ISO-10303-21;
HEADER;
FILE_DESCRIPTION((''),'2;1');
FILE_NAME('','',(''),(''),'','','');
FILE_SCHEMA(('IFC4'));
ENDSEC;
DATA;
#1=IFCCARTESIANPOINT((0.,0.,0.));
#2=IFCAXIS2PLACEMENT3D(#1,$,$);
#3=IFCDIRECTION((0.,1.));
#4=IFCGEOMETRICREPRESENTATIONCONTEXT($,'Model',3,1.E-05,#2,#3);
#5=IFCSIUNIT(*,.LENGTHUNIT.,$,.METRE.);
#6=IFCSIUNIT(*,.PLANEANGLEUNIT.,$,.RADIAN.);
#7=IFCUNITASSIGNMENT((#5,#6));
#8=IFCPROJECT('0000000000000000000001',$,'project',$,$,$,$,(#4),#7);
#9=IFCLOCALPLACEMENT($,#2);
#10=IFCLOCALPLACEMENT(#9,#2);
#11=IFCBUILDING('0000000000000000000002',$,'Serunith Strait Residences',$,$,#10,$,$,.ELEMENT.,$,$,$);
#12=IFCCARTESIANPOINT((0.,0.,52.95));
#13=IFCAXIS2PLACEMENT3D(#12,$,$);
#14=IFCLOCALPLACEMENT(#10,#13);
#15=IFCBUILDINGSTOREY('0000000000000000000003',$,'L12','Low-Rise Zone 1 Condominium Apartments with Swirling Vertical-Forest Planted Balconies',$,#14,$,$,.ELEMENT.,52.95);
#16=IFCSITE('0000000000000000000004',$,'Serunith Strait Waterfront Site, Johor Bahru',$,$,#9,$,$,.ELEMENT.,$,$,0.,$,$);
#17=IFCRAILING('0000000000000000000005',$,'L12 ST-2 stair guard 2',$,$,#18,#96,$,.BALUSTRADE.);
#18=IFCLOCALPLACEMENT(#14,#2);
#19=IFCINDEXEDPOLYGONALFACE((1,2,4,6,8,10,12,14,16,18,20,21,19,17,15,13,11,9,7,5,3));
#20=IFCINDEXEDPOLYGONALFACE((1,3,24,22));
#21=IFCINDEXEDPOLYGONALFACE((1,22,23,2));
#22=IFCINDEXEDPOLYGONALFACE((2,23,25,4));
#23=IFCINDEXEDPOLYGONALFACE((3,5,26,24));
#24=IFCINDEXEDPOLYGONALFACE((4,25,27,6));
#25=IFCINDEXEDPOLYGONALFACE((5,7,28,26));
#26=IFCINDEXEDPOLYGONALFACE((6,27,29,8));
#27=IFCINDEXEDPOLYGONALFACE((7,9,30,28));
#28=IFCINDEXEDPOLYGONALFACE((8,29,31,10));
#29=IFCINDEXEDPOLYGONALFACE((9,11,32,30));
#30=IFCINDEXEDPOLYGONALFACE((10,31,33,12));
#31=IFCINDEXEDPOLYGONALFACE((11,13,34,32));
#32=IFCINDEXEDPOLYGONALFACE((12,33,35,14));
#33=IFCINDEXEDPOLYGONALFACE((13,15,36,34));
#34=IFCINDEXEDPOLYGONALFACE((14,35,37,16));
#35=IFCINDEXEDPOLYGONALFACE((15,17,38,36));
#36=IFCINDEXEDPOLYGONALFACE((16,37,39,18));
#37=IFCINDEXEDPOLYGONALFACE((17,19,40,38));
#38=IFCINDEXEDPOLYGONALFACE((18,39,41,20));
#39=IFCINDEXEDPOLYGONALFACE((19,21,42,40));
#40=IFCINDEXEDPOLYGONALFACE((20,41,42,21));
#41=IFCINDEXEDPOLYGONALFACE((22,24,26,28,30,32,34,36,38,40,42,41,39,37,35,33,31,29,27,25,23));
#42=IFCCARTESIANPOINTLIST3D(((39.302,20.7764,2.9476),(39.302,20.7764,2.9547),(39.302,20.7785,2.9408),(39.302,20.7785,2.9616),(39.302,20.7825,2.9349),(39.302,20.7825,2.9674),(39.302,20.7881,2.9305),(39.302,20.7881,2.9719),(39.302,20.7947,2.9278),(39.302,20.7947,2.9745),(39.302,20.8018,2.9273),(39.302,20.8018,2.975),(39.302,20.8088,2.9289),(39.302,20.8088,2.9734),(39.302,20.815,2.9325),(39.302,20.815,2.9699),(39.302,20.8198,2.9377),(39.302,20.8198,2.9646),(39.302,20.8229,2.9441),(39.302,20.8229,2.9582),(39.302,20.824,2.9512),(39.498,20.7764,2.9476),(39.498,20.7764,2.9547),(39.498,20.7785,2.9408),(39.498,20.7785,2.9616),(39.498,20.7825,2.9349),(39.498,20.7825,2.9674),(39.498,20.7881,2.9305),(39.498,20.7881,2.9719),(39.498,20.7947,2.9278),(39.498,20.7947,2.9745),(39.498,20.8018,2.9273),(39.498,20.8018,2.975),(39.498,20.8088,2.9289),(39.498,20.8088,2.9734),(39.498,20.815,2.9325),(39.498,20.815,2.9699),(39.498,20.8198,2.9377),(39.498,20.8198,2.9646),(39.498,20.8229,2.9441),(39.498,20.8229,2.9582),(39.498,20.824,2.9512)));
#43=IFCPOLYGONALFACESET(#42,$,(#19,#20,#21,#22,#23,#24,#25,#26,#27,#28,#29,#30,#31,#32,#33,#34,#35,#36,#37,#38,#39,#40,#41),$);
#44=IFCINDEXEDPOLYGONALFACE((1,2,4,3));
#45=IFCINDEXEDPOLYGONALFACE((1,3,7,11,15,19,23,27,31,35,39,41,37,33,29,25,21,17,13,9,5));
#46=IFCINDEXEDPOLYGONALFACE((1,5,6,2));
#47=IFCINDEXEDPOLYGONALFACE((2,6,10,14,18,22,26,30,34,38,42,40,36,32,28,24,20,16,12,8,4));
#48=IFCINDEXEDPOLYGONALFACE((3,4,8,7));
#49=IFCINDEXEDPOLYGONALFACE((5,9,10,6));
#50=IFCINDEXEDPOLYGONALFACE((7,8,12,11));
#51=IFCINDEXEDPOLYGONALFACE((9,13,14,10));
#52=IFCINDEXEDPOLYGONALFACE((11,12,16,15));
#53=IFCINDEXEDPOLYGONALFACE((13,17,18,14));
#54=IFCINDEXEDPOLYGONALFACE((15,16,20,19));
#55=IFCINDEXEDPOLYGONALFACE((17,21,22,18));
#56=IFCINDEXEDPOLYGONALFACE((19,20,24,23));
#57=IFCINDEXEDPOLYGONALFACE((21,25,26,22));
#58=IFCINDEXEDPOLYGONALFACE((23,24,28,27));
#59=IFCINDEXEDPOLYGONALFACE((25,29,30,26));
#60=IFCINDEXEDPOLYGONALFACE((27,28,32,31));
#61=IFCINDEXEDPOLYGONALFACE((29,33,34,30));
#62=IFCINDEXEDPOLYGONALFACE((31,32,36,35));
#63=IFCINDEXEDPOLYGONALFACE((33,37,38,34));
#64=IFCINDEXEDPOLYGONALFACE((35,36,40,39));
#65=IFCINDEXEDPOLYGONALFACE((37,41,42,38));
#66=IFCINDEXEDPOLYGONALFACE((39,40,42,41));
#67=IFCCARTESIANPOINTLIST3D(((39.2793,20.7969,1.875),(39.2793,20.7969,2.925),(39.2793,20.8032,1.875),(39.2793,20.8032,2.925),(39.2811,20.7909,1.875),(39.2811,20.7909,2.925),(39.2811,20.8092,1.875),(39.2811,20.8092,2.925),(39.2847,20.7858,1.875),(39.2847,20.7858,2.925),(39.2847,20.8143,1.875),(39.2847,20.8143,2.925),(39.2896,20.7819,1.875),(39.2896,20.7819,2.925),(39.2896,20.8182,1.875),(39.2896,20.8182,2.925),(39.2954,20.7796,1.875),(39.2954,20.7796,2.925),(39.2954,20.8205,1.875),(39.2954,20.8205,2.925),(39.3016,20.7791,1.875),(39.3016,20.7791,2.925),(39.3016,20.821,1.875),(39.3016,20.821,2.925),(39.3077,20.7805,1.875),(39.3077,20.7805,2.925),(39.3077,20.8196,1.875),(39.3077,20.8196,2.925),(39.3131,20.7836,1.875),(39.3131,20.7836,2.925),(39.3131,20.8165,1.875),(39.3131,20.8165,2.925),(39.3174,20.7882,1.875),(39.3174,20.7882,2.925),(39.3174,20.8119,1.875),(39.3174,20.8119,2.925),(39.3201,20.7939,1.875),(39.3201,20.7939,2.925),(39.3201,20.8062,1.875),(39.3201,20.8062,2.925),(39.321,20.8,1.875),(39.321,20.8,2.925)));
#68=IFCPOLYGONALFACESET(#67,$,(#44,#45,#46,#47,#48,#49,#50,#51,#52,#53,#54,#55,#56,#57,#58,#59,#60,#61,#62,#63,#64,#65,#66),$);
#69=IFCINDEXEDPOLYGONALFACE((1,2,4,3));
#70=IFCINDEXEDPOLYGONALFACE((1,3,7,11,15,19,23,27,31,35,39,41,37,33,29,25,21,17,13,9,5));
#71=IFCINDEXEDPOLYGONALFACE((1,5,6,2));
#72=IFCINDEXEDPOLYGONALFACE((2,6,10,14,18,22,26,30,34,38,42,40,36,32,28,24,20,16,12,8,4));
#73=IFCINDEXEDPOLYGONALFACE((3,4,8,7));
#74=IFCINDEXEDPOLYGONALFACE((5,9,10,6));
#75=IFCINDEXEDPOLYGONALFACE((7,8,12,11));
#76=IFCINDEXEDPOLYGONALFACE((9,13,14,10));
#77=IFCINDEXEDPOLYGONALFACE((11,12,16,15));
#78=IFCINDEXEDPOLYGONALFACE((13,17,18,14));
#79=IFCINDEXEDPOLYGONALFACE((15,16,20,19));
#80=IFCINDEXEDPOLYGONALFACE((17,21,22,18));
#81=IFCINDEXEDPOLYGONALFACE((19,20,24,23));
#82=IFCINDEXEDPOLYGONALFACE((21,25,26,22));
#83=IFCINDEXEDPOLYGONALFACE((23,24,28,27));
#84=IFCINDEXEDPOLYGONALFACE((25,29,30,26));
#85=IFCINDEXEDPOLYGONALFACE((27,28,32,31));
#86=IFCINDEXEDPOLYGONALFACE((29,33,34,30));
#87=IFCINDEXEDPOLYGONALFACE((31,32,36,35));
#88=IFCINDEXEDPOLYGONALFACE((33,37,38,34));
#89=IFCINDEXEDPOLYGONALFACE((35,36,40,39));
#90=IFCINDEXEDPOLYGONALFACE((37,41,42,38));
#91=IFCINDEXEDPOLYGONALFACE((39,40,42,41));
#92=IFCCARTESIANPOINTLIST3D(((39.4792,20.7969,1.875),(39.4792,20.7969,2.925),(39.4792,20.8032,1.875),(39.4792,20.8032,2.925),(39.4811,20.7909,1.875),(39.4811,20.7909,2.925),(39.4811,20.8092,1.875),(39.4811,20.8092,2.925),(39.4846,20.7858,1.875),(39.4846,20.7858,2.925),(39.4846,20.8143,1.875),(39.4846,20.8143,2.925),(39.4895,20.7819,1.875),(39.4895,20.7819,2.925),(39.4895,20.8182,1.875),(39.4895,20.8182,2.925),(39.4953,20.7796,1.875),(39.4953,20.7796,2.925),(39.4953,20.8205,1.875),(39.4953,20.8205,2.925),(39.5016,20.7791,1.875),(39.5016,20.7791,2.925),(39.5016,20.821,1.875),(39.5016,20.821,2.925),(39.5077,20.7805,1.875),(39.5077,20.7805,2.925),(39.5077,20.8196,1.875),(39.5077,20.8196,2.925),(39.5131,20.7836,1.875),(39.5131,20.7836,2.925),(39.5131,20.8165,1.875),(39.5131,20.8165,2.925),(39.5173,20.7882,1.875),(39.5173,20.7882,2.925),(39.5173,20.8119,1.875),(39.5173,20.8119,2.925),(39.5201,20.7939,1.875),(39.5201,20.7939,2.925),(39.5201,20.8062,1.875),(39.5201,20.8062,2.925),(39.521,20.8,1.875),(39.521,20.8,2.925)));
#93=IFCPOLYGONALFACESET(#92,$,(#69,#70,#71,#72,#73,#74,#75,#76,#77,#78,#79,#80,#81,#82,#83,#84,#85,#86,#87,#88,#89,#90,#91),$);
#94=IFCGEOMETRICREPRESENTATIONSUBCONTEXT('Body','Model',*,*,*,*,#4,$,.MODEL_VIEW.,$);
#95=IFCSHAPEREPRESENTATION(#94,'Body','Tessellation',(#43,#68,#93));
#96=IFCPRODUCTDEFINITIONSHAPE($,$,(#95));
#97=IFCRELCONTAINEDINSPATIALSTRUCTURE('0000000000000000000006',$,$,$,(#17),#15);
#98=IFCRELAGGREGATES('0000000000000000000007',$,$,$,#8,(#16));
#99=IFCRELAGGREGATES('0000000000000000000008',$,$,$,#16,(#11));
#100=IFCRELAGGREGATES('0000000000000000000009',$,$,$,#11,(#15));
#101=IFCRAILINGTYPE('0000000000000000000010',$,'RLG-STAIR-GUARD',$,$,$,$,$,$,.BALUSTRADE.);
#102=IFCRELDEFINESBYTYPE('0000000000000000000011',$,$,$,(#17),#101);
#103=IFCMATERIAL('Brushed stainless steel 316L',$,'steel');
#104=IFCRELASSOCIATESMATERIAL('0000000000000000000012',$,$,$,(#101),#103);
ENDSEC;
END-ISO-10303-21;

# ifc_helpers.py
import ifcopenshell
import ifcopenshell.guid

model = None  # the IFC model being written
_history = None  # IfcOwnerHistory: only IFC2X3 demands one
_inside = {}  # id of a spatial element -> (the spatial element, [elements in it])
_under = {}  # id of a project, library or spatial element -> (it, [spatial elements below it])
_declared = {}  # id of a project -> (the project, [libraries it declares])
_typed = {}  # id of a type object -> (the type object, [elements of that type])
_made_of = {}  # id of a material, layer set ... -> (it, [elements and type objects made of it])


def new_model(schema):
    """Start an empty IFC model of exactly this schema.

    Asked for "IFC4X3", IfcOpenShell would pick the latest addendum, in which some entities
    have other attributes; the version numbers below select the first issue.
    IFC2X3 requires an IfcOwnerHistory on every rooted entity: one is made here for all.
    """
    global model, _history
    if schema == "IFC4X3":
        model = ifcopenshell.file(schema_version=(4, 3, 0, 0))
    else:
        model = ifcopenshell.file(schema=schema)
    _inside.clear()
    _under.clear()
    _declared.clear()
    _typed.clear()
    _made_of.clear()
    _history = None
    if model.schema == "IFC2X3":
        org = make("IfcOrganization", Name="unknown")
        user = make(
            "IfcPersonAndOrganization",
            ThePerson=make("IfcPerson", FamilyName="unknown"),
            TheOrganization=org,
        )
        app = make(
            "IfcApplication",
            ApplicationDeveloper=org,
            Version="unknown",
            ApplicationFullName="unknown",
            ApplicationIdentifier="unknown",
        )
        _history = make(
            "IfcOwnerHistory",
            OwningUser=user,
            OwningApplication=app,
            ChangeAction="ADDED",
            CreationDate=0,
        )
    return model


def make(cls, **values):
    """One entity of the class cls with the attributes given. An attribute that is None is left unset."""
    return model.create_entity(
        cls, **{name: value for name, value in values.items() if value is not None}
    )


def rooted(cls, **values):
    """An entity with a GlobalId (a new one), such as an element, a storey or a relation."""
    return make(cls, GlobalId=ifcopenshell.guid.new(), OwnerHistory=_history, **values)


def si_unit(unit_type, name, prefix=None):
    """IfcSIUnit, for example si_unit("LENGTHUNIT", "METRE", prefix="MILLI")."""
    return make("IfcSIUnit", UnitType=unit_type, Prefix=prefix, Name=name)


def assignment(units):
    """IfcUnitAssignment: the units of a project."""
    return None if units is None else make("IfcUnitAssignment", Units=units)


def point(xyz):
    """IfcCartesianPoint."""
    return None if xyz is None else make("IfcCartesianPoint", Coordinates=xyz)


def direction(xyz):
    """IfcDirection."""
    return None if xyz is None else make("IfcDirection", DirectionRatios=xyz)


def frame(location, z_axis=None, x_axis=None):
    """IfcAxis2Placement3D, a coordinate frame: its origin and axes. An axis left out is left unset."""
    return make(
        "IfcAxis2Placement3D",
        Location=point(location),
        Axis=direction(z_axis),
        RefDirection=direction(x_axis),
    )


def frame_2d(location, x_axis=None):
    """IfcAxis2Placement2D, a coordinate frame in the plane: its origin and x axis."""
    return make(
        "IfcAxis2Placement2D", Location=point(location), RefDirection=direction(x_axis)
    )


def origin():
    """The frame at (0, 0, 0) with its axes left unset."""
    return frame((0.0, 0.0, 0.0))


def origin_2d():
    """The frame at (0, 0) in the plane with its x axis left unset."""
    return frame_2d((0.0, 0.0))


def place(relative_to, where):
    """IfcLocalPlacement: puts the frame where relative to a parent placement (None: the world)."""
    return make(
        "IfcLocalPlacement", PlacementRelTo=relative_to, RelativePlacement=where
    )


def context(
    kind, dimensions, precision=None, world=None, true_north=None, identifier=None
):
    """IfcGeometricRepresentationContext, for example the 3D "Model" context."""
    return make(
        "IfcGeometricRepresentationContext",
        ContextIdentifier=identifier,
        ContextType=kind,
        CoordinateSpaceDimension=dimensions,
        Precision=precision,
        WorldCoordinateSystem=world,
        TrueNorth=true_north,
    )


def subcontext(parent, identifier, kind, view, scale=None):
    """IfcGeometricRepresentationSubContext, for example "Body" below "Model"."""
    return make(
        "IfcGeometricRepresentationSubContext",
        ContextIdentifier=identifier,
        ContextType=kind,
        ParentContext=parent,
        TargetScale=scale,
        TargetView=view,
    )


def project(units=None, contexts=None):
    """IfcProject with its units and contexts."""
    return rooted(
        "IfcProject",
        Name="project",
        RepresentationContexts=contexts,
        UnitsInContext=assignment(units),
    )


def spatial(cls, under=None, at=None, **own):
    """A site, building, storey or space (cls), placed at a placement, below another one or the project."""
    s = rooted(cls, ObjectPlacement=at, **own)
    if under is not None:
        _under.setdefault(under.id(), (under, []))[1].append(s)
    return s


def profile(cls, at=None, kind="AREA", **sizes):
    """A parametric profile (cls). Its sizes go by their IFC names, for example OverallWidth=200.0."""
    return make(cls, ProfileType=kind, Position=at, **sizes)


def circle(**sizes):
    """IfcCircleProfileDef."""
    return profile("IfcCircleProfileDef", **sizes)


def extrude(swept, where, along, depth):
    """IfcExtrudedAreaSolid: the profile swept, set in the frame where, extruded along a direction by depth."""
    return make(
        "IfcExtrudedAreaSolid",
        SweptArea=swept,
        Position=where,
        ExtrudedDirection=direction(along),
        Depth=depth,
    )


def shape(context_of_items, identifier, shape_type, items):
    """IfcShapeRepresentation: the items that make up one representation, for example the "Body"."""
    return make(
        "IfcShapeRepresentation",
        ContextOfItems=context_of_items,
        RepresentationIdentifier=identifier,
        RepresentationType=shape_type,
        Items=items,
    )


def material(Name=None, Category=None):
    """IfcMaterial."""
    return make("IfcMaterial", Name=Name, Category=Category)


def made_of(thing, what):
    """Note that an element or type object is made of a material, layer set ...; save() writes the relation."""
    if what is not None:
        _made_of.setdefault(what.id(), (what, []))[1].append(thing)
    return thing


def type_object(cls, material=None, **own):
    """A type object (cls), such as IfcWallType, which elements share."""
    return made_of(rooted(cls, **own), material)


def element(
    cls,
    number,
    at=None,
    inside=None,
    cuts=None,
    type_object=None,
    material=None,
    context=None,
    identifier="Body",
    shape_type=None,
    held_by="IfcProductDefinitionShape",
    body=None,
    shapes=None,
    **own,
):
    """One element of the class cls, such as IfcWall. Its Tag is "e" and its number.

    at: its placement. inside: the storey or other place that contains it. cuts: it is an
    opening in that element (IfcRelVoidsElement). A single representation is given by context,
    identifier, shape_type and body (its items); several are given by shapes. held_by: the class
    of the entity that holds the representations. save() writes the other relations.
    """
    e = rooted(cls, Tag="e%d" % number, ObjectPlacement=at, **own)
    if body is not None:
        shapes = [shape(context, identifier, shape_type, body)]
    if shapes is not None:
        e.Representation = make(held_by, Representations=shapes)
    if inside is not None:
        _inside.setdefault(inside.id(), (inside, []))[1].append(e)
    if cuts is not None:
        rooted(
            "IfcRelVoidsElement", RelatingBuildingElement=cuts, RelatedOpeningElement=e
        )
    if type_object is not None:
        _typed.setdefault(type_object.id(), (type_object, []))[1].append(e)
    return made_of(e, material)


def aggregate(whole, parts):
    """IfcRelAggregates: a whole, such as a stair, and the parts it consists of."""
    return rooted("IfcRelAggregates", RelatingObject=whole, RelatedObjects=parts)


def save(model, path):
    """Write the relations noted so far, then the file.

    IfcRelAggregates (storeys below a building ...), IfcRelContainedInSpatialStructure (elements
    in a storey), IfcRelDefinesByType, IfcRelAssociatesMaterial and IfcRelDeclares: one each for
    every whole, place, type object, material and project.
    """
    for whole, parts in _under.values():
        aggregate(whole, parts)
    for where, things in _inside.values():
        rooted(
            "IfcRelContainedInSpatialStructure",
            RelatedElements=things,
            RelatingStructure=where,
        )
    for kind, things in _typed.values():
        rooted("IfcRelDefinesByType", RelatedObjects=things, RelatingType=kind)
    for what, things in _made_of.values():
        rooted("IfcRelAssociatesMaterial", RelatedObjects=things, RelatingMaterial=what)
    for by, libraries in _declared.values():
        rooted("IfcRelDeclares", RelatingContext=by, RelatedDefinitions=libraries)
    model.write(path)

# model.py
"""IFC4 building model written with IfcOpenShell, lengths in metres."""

from ifc_helpers import new_model, si_unit, direction, frame, origin, origin_2d, place, context, subcontext, project, spatial, circle, extrude, material, type_object, element, save


model = new_model("IFC4")

# Units and contexts
model_context = context("Model", 3, precision=1e-05, world=origin(), true_north=direction((0.0, 1.0)))
body_context = subcontext(model_context, "Body", "Model", "MODEL_VIEW")
ifc_project = project(units=[si_unit("LENGTHUNIT", "METRE"), si_unit("PLANEANGLEUNIT", "RADIAN")], contexts=[model_context])

# Site, building, storey
site_placement = place(None, origin())
site = spatial("IfcSite", under=ifc_project, at=site_placement, Name="Serunith Strait Waterfront Site, Johor Bahru", CompositionType="ELEMENT", RefElevation=0.0)
building_placement = place(site_placement, origin())
building = spatial("IfcBuilding", under=site, at=building_placement, Name="Serunith Strait Residences", CompositionType="ELEMENT")
storey_placement = place(building_placement, frame((0.0, 0.0, 52.95)))
storey = spatial("IfcBuildingStorey", under=building, at=storey_placement, Name="L12", Description="Low-Rise Zone 1 Condominium Apartments with Swirling Vertical-Forest Planted Balconies", CompositionType="ELEMENT", Elevation=52.95)

# Railing
ifc_material_1 = material(Name="Brushed stainless steel 316L", Category="steel")
railing_type_1 = type_object("IfcRailingType", Name="RLG-STAIR-GUARD", PredefinedType="BALUSTRADE", material=ifc_material_1)
railing_1_placement = place(storey_placement, frame((39.3, 20.8, 1.875)))
element("IfcRailing", 1, at=railing_1_placement, inside=storey, type_object=railing_type_1, Name="L12 ST-2 stair guard 2", PredefinedType="BALUSTRADE", context=body_context, shape_type="SweptSolid", body=[
    extrude(circle(Radius=0.0239, at=origin_2d()), frame((0.002, 0.0, 1.0762), z_axis=(1.0, 0.0, 0.0), x_axis=(0.0, 1.0, 0.0)), (0.0, 0.0, 1.0), 0.196),
    extrude(circle(Radius=0.021, at=origin_2d()), origin(), (0.0, 0.0, 1.0), 1.05),
    extrude(circle(Radius=0.021, at=origin_2d()), frame((0.2, 0.0, 0.0)), (0.0, 0.0, 1.0), 1.05),
])

save(model, "model.ifc")
